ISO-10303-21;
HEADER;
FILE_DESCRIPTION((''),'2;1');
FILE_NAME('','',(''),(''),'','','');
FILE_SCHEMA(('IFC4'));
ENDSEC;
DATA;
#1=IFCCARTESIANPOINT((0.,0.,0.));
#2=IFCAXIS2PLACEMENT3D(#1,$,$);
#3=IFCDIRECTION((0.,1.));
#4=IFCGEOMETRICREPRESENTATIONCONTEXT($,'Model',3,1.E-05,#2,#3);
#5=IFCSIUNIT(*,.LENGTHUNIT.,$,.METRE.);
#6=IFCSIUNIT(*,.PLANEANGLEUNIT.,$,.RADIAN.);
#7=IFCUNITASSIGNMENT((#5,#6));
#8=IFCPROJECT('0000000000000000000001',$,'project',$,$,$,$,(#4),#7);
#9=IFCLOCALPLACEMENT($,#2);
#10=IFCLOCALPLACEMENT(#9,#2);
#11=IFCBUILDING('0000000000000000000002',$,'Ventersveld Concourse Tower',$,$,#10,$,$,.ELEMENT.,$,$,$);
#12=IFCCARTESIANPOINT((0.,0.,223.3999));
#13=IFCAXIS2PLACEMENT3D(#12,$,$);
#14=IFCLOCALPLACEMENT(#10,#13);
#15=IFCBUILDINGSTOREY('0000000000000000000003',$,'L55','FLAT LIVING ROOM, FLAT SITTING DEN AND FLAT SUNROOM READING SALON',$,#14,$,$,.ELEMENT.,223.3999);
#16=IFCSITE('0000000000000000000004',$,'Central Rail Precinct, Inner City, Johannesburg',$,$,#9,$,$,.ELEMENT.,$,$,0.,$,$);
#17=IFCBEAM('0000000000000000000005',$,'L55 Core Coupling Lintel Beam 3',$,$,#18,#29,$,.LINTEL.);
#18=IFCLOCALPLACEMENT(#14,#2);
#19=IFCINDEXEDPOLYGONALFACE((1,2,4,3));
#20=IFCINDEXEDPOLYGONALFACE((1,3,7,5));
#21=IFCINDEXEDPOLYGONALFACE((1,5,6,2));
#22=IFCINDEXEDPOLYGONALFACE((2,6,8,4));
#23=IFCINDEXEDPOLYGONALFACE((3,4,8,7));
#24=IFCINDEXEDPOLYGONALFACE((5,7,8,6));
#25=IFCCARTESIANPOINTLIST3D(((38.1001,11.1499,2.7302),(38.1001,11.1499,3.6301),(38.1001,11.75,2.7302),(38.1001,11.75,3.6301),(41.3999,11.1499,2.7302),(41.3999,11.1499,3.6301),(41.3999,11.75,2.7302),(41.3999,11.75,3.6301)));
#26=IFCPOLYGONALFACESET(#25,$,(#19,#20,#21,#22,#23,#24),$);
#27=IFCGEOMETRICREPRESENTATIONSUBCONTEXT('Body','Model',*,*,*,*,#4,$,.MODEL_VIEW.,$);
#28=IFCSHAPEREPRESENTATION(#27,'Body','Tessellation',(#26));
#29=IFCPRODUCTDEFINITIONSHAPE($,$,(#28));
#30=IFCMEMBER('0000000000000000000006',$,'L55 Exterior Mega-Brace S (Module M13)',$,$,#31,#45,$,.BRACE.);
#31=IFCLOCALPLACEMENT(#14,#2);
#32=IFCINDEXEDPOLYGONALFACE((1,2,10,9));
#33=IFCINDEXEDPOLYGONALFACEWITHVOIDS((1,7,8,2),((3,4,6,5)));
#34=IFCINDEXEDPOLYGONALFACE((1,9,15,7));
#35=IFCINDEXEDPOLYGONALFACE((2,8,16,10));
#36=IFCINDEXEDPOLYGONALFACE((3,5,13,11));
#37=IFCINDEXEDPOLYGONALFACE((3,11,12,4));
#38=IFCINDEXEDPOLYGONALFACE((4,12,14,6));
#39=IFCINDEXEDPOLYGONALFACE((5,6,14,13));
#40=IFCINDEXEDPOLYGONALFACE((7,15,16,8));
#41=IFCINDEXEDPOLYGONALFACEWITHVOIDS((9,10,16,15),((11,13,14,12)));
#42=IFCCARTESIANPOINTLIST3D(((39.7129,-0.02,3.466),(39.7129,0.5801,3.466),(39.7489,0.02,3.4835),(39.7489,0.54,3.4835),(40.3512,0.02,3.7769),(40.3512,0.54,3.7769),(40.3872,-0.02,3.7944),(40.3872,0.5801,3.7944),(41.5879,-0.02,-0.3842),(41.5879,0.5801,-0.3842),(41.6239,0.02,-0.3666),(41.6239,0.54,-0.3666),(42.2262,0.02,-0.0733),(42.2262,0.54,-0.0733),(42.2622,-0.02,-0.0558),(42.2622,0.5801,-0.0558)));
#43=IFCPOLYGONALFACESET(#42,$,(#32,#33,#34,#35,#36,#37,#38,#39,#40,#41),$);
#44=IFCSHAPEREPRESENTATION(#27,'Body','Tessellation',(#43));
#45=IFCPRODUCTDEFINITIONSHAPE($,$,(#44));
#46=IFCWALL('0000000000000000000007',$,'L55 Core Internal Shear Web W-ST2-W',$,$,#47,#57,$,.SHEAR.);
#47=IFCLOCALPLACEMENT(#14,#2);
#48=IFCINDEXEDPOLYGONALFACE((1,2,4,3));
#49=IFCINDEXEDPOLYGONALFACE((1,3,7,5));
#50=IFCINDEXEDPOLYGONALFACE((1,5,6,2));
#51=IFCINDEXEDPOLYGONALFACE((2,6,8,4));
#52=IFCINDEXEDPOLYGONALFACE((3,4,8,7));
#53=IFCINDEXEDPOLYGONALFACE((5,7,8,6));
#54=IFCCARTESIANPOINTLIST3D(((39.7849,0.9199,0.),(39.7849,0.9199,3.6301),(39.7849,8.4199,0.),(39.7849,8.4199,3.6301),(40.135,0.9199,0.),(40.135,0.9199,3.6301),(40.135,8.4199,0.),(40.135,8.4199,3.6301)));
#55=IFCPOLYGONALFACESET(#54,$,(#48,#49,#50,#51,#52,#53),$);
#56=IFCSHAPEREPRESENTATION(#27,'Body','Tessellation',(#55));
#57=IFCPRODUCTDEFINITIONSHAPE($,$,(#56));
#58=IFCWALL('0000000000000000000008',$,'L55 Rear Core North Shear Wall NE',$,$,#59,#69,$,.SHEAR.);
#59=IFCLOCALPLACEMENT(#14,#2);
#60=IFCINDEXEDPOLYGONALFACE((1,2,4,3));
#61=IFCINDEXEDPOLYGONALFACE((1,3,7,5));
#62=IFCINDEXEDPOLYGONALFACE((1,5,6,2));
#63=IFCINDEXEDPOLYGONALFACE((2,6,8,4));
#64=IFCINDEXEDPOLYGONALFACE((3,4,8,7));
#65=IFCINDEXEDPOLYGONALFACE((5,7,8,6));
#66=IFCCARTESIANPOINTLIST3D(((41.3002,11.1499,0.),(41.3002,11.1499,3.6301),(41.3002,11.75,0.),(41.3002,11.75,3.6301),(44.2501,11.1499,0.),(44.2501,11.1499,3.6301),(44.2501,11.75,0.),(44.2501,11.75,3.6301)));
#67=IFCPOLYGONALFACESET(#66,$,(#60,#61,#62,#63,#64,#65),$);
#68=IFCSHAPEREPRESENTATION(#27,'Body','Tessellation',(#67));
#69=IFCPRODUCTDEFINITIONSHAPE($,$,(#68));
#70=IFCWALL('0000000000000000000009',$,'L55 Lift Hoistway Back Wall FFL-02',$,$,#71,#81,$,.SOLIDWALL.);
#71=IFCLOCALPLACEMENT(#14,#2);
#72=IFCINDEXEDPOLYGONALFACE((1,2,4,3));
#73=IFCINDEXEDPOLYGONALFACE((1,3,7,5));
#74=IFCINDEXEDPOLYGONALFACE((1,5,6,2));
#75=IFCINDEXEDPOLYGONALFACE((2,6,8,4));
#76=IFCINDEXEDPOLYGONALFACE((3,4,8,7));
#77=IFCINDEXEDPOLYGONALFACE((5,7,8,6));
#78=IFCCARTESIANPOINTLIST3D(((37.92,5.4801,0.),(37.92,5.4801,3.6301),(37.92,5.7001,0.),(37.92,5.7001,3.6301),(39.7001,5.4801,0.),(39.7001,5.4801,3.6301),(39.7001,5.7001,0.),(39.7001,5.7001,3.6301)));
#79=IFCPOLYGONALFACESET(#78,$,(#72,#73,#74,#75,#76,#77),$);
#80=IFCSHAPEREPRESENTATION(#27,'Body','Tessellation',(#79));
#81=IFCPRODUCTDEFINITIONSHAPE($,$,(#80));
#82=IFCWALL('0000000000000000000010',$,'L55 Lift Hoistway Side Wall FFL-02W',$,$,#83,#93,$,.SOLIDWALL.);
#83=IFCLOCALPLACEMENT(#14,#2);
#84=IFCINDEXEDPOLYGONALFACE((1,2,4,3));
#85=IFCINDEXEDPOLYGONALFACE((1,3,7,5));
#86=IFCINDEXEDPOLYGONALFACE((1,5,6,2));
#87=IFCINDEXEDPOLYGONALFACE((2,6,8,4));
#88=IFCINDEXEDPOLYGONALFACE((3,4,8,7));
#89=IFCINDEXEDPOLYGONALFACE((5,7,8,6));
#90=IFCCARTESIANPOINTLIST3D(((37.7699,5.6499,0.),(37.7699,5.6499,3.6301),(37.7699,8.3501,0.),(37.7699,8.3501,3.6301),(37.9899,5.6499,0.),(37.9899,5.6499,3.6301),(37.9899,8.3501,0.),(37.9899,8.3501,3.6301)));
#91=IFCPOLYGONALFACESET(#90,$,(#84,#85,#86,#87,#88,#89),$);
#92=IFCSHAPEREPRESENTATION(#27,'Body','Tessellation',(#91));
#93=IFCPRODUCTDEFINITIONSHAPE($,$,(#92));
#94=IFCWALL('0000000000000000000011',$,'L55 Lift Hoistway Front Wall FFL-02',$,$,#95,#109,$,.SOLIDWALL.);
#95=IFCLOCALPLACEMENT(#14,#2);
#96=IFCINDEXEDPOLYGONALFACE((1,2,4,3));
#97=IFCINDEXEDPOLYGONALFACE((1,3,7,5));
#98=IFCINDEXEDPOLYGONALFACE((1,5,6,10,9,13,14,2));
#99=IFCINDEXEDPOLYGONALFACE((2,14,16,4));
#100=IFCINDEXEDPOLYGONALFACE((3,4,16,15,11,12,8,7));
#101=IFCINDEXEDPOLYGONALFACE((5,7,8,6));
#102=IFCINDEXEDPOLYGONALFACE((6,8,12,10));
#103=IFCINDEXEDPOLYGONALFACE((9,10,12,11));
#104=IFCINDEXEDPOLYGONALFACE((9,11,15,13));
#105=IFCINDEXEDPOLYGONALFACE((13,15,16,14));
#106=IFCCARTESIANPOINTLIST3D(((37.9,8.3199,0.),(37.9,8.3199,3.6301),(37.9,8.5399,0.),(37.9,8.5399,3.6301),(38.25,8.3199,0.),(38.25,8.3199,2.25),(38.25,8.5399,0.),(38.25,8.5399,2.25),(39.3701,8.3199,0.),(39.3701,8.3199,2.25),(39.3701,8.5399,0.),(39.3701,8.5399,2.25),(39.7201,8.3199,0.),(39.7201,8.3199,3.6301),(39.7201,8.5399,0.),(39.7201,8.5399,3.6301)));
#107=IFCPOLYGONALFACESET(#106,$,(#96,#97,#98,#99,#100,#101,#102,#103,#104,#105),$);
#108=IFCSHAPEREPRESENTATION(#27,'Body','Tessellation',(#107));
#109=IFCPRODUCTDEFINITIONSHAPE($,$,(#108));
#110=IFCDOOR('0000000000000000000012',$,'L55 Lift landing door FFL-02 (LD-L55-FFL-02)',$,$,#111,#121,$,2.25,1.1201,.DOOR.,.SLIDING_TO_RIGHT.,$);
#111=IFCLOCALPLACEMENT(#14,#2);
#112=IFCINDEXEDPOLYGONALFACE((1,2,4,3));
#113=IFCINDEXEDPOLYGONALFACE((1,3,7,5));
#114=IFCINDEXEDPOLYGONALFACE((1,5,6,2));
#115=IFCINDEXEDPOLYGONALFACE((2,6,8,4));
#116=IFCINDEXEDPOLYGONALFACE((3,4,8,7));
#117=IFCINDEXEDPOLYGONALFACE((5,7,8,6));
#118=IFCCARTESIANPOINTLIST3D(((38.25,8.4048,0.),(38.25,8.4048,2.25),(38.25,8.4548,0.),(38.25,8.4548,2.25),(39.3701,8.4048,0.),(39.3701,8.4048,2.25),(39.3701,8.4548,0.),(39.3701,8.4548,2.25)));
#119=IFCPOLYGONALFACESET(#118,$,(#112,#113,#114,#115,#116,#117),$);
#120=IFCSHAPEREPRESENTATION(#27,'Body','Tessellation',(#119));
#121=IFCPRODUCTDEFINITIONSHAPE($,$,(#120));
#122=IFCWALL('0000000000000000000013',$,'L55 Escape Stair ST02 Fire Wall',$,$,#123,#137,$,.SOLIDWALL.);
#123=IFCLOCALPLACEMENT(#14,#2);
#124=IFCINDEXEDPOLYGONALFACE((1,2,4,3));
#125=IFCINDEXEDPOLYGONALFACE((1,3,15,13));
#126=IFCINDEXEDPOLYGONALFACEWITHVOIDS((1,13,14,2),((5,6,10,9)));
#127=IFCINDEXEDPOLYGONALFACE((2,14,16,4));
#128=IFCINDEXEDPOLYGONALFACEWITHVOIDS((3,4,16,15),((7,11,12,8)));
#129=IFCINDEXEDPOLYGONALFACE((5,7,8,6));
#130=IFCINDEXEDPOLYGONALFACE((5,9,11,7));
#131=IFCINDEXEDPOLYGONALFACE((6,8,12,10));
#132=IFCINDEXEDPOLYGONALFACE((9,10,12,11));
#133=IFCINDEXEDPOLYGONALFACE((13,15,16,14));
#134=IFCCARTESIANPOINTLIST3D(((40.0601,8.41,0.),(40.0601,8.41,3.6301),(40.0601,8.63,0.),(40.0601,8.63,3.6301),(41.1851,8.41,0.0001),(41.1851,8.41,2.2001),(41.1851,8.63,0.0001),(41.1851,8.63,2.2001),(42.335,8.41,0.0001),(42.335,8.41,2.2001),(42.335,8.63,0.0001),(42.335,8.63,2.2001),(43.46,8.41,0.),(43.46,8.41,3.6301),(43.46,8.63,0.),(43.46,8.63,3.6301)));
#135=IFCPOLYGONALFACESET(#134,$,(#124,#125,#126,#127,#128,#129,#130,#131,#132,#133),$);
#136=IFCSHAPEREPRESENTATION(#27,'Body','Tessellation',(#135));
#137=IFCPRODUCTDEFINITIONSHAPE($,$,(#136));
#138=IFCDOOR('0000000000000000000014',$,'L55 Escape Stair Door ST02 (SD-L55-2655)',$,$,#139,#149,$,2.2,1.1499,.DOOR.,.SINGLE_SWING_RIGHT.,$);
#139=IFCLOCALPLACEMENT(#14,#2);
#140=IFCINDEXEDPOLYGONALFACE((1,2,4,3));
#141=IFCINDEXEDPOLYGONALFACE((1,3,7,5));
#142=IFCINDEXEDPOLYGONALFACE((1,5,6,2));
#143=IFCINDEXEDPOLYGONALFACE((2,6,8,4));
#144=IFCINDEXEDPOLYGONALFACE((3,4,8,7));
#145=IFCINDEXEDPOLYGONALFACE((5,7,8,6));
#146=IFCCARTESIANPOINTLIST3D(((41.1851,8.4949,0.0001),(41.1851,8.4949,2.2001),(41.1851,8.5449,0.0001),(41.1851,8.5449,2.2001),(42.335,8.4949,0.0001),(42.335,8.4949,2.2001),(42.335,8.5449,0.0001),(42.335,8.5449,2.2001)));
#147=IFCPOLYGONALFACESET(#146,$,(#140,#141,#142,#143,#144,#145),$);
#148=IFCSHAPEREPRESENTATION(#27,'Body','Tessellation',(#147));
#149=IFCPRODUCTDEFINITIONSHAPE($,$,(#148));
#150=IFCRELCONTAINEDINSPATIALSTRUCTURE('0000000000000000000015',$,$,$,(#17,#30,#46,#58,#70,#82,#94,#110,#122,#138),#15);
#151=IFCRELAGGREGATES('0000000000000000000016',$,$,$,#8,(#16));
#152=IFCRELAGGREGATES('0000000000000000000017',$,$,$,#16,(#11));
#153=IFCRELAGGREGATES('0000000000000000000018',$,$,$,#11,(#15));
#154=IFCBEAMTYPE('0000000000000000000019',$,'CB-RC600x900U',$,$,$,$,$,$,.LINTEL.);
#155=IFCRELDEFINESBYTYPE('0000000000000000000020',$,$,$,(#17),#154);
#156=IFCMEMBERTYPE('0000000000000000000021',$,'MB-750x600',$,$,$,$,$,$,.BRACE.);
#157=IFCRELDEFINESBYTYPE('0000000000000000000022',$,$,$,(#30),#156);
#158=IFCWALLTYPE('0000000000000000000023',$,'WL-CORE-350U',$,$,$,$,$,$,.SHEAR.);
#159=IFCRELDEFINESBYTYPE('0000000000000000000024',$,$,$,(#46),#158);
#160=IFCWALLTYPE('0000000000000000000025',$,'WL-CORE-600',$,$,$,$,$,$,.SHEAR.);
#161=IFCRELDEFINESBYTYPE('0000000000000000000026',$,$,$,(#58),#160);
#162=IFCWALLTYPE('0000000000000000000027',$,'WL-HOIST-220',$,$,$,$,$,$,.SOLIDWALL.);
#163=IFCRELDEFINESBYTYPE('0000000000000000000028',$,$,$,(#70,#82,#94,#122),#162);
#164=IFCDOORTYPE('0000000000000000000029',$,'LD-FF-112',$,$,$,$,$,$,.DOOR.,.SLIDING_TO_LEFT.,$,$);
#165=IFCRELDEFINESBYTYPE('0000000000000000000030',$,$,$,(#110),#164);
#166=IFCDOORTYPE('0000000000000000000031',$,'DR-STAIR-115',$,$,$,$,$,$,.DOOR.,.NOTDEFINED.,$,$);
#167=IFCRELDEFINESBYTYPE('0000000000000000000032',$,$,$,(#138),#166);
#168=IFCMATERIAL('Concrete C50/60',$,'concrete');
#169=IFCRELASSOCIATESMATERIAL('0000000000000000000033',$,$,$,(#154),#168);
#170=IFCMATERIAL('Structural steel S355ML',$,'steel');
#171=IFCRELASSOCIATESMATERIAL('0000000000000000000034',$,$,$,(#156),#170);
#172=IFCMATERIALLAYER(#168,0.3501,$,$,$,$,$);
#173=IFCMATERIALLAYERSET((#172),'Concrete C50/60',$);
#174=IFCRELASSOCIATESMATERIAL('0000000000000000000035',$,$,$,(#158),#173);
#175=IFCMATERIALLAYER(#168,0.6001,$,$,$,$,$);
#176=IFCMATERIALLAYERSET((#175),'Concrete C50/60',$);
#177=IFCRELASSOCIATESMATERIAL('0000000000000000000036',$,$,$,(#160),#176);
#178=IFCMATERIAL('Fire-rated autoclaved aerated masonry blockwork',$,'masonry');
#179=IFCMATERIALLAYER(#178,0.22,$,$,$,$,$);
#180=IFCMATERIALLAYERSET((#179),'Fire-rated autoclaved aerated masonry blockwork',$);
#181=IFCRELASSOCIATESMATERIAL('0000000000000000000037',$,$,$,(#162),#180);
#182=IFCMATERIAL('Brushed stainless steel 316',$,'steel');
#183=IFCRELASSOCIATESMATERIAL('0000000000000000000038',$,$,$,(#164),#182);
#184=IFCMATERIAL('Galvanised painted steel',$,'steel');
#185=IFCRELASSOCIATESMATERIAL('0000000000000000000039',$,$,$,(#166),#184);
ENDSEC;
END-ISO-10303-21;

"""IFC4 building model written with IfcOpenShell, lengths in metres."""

from ifc_helpers import new_model, si_unit, direction, frame, frame_2d, origin, origin_2d, place, context, subcontext, project, spatial, rectangle, hollow_rectangle, extrude, material, layer, layer_set, material_profile, profile_set, type_object, element, fill, save


model = new_model("IFC4")

# Units and contexts
model_context = context("Model", 3, precision=1e-05, world=origin(), true_north=direction((0.0, 1.0)))
body_context = subcontext(model_context, "Body", "Model", "MODEL_VIEW")
ifc_project = project(units=[si_unit("LENGTHUNIT", "METRE"), si_unit("PLANEANGLEUNIT", "RADIAN")], contexts=[model_context])

# Site, building, storey
site_placement = place(None, origin())
site = spatial("IfcSite", under=ifc_project, at=site_placement, Name="Central Rail Precinct, Inner City, Johannesburg", CompositionType="ELEMENT", RefElevation=0.0)
building_placement = place(site_placement, origin())
building = spatial("IfcBuilding", under=site, at=building_placement, Name="Ventersveld Concourse Tower", CompositionType="ELEMENT")
storey_placement = place(building_placement, frame((0.0, 0.0, 223.3999)))
storey = spatial("IfcBuildingStorey", under=building, at=storey_placement, Name="L55", Description="FLAT LIVING ROOM, FLAT SITTING DEN AND FLAT SUNROOM READING SALON", CompositionType="ELEMENT", Elevation=223.3999)

# Beam
ifc_material_1 = material(Name="Concrete C50/60", Category="concrete")
ifc_material_profile_1 = material_profile(ifc_material_1, rectangle(XDim=0.6001, YDim=0.8999, at=origin_2d()), Name="RC 600x900")
ifc_profile_set_1 = profile_set([ifc_material_profile_1], Name="Concrete C50/60")
beam_type = type_object("IfcBeamType", Name="CB-RC600x900U", PredefinedType="LINTEL", material=ifc_profile_set_1)
beam_placement = place(storey_placement, frame((38.1001, 11.45, 3.1802), z_axis=(1.0, 0.0, 0.0), x_axis=(0.0, 1.0, 0.0)))
element("IfcBeam", 1, at=beam_placement, inside=storey, type_object=beam_type, Name="L55 Core Coupling Lintel Beam 3", PredefinedType="LINTEL", context=body_context, shape_type="SweptSolid", body=[
    extrude(rectangle(XDim=0.6001, YDim=0.8999, at=origin_2d()), origin(), (0.0, 0.0, 1.0), 3.2998),
])

# Member
ifc_material_2 = material(Name="Structural steel S355ML", Category="steel")
ifc_material_profile_2 = material_profile(ifc_material_2, hollow_rectangle(XDim=0.6001, YDim=0.75, WallThickness=0.04, at=origin_2d()), Name="BOX 750x600x40")
ifc_profile_set_2 = profile_set([ifc_material_profile_2], Name="Structural steel S355ML")
member_type = type_object("IfcMemberType", Name="MB-750x600", PredefinedType="BRACE", material=ifc_profile_set_2)
member_placement = place(storey_placement, frame((41.925, 0.28, -0.22), z_axis=(-0.437839, 0.0, 0.899053), x_axis=(0.0, -1.0, 0.0)))
element("IfcMember", 2, at=member_placement, inside=storey, type_object=member_type, Name="L55 Exterior Mega-Brace S (Module M13)", PredefinedType="BRACE", context=body_context, shape_type="SweptSolid", body=[
    extrude(hollow_rectangle(XDim=0.6001, YDim=0.75, WallThickness=0.04, at=origin_2d()), origin(), (0.0, 0.0, 1.0), 4.2825),
])

# Walls
ifc_layer_1 = layer(ifc_material_1, 0.3501)
ifc_layer_set_1 = layer_set([ifc_layer_1], Name="Concrete C50/60")
wall_type_1 = type_object("IfcWallType", Name="WL-CORE-350U", PredefinedType="SHEAR", material=ifc_layer_set_1)
wall_1_placement = place(storey_placement, frame((39.96, 0.9199, 0.0), z_axis=(0.0, 0.0, 1.0), x_axis=(0.0, 1.0, 0.0)))
element("IfcWall", 3, at=wall_1_placement, inside=storey, type_object=wall_type_1, Name="L55 Core Internal Shear Web W-ST2-W", PredefinedType="SHEAR", context=body_context, shape_type="SweptSolid", body=[
    extrude(rectangle(XDim=7.5, YDim=0.3501, at=frame_2d((3.75, 0.0))), origin(), (0.0, 0.0, 1.0), 3.6301),
])
ifc_layer_2 = layer(ifc_material_1, 0.6001)
ifc_layer_set_2 = layer_set([ifc_layer_2], Name="Concrete C50/60")
wall_type_2 = type_object("IfcWallType", Name="WL-CORE-600", PredefinedType="SHEAR", material=ifc_layer_set_2)
wall_2_placement = place(storey_placement, frame((41.3, 11.45, 0.0), z_axis=(0.0, 0.0, 1.0), x_axis=(1.0, 0.0, 0.0)))
element("IfcWall", 4, at=wall_2_placement, inside=storey, type_object=wall_type_2, Name="L55 Rear Core North Shear Wall NE", PredefinedType="SHEAR", context=body_context, shape_type="SweptSolid", body=[
    extrude(rectangle(XDim=2.95, YDim=0.6001, at=frame_2d((1.4751, 0.0))), origin(), (0.0, 0.0, 1.0), 3.6301),
])
ifc_material_3 = material(Name="Fire-rated autoclaved aerated masonry blockwork", Category="masonry")
ifc_layer_3 = layer(ifc_material_3, 0.22)
ifc_layer_set_3 = layer_set([ifc_layer_3], Name="Fire-rated autoclaved aerated masonry blockwork")
wall_type_3 = type_object("IfcWallType", Name="WL-HOIST-220", PredefinedType="SOLIDWALL", material=ifc_layer_set_3)
wall_3_placement = place(storey_placement, frame((37.9199, 5.5901, 0.0), z_axis=(0.0, 0.0, 1.0), x_axis=(1.0, 0.0, 0.0)))
element("IfcWall", 5, at=wall_3_placement, inside=storey, type_object=wall_type_3, Name="L55 Lift Hoistway Back Wall FFL-02", PredefinedType="SOLIDWALL", context=body_context, shape_type="SweptSolid", body=[
    extrude(rectangle(XDim=1.78, YDim=0.22, at=frame_2d((0.8901, 0.0))), origin(), (0.0, 0.0, 1.0), 3.6301),
])
wall_4_placement = place(storey_placement, frame((37.8799, 5.6499, 0.0), z_axis=(0.0, 0.0, 1.0), x_axis=(0.0, 1.0, 0.0)))
element("IfcWall", 6, at=wall_4_placement, inside=storey, type_object=wall_type_3, Name="L55 Lift Hoistway Side Wall FFL-02W", PredefinedType="SOLIDWALL", context=body_context, shape_type="SweptSolid", body=[
    extrude(rectangle(XDim=2.7002, YDim=0.22, at=frame_2d((1.3501, 0.0))), origin(), (0.0, 0.0, 1.0), 3.6301),
])

# Walls, openings, doors
wall_5_placement = place(storey_placement, frame((37.8999, 8.4299, 0.0), z_axis=(0.0, 0.0, 1.0), x_axis=(1.0, 0.0, 0.0)))
wall_5 = element("IfcWall", 7, at=wall_5_placement, inside=storey, type_object=wall_type_3, Name="L55 Lift Hoistway Front Wall FFL-02", PredefinedType="SOLIDWALL", context=body_context, shape_type="SweptSolid", body=[
    extrude(rectangle(XDim=1.8201, YDim=0.22, at=frame_2d((0.9102, 0.0))), origin(), (0.0, 0.0, 1.0), 3.6301),
])
opening_1_placement = place(wall_5_placement, frame((0.3501, 0.0, 0.0)))
opening_1 = element("IfcOpeningElement", 8, at=opening_1_placement, cuts=wall_5, PredefinedType="OPENING", context=body_context, shape_type="SweptSolid", body=[
    extrude(rectangle(XDim=1.1201, YDim=2.25, at=frame_2d((0.5601, 1.125))), frame((0.0, 0.1201, 0.0), z_axis=(0.0, -1.0, 0.0), x_axis=(1.0, 0.0, 0.0)), (0.0, 0.0, 1.0), 0.24),
])
ifc_material_4 = material(Name="Brushed stainless steel 316", Category="steel")
door_type_1 = type_object("IfcDoorType", Name="LD-FF-112", OperationType="SLIDING_TO_LEFT", PredefinedType="DOOR", material=ifc_material_4)
door_1_placement = place(opening_1_placement, origin())
door_1 = element("IfcDoor", 9, at=door_1_placement, inside=storey, type_object=door_type_1, Name="L55 Lift landing door FFL-02 (LD-L55-FFL-02)", OperationType="SLIDING_TO_RIGHT", OverallHeight=2.25, OverallWidth=1.1201, PredefinedType="DOOR", context=body_context, shape_type="SweptSolid", body=[
    extrude(rectangle(XDim=1.1201, YDim=2.25, at=frame_2d((0.5601, 1.125))), frame((0.0, 0.0249, 0.0), z_axis=(0.0, -1.0, 0.0), x_axis=(1.0, 0.0, 0.0)), (0.0, 0.0, 1.0), 0.05),
])
fill(opening_1, door_1)
wall_6_placement = place(storey_placement, frame((40.0601, 8.52, 0.0), z_axis=(0.0, 0.0, 1.0), x_axis=(1.0, 0.0, 0.0)))
wall_6 = element("IfcWall", 10, at=wall_6_placement, inside=storey, type_object=wall_type_3, Name="L55 Escape Stair ST02 Fire Wall", PredefinedType="SOLIDWALL", context=body_context, shape_type="SweptSolid", body=[
    extrude(rectangle(XDim=3.3999, YDim=0.22, at=frame_2d((1.7, 0.0))), origin(), (0.0, 0.0, 1.0), 3.6301),
])
opening_2_placement = place(wall_6_placement, frame((1.125, 0.0, 0.0)))
opening_2 = element("IfcOpeningElement", 11, at=opening_2_placement, cuts=wall_6, PredefinedType="OPENING", context=body_context, shape_type="SweptSolid", body=[
    extrude(rectangle(XDim=1.1499, YDim=2.2, at=frame_2d((0.575, 1.1001))), frame((0.0, 0.1201, 0.0), z_axis=(0.0, -1.0, 0.0), x_axis=(1.0, 0.0, 0.0)), (0.0, 0.0, 1.0), 0.24),
])
ifc_material_5 = material(Name="Galvanised painted steel", Category="steel")
door_type_2 = type_object("IfcDoorType", Name="DR-STAIR-115", OperationType="NOTDEFINED", PredefinedType="DOOR", material=ifc_material_5)
door_2_placement = place(opening_2_placement, origin())
door_2 = element("IfcDoor", 12, at=door_2_placement, inside=storey, type_object=door_type_2, Name="L55 Escape Stair Door ST02 (SD-L55-2655)", OperationType="SINGLE_SWING_RIGHT", OverallHeight=2.2, OverallWidth=1.1499, PredefinedType="DOOR", context=body_context, shape_type="SweptSolid", body=[
    extrude(rectangle(XDim=1.1499, YDim=2.2, at=frame_2d((0.575, 1.1001))), frame((0.0, 0.0249, 0.0), z_axis=(0.0, -1.0, 0.0), x_axis=(1.0, 0.0, 0.0)), (0.0, 0.0, 1.0), 0.05),
])
fill(opening_2, door_2)

save(model, "model.ifc")
